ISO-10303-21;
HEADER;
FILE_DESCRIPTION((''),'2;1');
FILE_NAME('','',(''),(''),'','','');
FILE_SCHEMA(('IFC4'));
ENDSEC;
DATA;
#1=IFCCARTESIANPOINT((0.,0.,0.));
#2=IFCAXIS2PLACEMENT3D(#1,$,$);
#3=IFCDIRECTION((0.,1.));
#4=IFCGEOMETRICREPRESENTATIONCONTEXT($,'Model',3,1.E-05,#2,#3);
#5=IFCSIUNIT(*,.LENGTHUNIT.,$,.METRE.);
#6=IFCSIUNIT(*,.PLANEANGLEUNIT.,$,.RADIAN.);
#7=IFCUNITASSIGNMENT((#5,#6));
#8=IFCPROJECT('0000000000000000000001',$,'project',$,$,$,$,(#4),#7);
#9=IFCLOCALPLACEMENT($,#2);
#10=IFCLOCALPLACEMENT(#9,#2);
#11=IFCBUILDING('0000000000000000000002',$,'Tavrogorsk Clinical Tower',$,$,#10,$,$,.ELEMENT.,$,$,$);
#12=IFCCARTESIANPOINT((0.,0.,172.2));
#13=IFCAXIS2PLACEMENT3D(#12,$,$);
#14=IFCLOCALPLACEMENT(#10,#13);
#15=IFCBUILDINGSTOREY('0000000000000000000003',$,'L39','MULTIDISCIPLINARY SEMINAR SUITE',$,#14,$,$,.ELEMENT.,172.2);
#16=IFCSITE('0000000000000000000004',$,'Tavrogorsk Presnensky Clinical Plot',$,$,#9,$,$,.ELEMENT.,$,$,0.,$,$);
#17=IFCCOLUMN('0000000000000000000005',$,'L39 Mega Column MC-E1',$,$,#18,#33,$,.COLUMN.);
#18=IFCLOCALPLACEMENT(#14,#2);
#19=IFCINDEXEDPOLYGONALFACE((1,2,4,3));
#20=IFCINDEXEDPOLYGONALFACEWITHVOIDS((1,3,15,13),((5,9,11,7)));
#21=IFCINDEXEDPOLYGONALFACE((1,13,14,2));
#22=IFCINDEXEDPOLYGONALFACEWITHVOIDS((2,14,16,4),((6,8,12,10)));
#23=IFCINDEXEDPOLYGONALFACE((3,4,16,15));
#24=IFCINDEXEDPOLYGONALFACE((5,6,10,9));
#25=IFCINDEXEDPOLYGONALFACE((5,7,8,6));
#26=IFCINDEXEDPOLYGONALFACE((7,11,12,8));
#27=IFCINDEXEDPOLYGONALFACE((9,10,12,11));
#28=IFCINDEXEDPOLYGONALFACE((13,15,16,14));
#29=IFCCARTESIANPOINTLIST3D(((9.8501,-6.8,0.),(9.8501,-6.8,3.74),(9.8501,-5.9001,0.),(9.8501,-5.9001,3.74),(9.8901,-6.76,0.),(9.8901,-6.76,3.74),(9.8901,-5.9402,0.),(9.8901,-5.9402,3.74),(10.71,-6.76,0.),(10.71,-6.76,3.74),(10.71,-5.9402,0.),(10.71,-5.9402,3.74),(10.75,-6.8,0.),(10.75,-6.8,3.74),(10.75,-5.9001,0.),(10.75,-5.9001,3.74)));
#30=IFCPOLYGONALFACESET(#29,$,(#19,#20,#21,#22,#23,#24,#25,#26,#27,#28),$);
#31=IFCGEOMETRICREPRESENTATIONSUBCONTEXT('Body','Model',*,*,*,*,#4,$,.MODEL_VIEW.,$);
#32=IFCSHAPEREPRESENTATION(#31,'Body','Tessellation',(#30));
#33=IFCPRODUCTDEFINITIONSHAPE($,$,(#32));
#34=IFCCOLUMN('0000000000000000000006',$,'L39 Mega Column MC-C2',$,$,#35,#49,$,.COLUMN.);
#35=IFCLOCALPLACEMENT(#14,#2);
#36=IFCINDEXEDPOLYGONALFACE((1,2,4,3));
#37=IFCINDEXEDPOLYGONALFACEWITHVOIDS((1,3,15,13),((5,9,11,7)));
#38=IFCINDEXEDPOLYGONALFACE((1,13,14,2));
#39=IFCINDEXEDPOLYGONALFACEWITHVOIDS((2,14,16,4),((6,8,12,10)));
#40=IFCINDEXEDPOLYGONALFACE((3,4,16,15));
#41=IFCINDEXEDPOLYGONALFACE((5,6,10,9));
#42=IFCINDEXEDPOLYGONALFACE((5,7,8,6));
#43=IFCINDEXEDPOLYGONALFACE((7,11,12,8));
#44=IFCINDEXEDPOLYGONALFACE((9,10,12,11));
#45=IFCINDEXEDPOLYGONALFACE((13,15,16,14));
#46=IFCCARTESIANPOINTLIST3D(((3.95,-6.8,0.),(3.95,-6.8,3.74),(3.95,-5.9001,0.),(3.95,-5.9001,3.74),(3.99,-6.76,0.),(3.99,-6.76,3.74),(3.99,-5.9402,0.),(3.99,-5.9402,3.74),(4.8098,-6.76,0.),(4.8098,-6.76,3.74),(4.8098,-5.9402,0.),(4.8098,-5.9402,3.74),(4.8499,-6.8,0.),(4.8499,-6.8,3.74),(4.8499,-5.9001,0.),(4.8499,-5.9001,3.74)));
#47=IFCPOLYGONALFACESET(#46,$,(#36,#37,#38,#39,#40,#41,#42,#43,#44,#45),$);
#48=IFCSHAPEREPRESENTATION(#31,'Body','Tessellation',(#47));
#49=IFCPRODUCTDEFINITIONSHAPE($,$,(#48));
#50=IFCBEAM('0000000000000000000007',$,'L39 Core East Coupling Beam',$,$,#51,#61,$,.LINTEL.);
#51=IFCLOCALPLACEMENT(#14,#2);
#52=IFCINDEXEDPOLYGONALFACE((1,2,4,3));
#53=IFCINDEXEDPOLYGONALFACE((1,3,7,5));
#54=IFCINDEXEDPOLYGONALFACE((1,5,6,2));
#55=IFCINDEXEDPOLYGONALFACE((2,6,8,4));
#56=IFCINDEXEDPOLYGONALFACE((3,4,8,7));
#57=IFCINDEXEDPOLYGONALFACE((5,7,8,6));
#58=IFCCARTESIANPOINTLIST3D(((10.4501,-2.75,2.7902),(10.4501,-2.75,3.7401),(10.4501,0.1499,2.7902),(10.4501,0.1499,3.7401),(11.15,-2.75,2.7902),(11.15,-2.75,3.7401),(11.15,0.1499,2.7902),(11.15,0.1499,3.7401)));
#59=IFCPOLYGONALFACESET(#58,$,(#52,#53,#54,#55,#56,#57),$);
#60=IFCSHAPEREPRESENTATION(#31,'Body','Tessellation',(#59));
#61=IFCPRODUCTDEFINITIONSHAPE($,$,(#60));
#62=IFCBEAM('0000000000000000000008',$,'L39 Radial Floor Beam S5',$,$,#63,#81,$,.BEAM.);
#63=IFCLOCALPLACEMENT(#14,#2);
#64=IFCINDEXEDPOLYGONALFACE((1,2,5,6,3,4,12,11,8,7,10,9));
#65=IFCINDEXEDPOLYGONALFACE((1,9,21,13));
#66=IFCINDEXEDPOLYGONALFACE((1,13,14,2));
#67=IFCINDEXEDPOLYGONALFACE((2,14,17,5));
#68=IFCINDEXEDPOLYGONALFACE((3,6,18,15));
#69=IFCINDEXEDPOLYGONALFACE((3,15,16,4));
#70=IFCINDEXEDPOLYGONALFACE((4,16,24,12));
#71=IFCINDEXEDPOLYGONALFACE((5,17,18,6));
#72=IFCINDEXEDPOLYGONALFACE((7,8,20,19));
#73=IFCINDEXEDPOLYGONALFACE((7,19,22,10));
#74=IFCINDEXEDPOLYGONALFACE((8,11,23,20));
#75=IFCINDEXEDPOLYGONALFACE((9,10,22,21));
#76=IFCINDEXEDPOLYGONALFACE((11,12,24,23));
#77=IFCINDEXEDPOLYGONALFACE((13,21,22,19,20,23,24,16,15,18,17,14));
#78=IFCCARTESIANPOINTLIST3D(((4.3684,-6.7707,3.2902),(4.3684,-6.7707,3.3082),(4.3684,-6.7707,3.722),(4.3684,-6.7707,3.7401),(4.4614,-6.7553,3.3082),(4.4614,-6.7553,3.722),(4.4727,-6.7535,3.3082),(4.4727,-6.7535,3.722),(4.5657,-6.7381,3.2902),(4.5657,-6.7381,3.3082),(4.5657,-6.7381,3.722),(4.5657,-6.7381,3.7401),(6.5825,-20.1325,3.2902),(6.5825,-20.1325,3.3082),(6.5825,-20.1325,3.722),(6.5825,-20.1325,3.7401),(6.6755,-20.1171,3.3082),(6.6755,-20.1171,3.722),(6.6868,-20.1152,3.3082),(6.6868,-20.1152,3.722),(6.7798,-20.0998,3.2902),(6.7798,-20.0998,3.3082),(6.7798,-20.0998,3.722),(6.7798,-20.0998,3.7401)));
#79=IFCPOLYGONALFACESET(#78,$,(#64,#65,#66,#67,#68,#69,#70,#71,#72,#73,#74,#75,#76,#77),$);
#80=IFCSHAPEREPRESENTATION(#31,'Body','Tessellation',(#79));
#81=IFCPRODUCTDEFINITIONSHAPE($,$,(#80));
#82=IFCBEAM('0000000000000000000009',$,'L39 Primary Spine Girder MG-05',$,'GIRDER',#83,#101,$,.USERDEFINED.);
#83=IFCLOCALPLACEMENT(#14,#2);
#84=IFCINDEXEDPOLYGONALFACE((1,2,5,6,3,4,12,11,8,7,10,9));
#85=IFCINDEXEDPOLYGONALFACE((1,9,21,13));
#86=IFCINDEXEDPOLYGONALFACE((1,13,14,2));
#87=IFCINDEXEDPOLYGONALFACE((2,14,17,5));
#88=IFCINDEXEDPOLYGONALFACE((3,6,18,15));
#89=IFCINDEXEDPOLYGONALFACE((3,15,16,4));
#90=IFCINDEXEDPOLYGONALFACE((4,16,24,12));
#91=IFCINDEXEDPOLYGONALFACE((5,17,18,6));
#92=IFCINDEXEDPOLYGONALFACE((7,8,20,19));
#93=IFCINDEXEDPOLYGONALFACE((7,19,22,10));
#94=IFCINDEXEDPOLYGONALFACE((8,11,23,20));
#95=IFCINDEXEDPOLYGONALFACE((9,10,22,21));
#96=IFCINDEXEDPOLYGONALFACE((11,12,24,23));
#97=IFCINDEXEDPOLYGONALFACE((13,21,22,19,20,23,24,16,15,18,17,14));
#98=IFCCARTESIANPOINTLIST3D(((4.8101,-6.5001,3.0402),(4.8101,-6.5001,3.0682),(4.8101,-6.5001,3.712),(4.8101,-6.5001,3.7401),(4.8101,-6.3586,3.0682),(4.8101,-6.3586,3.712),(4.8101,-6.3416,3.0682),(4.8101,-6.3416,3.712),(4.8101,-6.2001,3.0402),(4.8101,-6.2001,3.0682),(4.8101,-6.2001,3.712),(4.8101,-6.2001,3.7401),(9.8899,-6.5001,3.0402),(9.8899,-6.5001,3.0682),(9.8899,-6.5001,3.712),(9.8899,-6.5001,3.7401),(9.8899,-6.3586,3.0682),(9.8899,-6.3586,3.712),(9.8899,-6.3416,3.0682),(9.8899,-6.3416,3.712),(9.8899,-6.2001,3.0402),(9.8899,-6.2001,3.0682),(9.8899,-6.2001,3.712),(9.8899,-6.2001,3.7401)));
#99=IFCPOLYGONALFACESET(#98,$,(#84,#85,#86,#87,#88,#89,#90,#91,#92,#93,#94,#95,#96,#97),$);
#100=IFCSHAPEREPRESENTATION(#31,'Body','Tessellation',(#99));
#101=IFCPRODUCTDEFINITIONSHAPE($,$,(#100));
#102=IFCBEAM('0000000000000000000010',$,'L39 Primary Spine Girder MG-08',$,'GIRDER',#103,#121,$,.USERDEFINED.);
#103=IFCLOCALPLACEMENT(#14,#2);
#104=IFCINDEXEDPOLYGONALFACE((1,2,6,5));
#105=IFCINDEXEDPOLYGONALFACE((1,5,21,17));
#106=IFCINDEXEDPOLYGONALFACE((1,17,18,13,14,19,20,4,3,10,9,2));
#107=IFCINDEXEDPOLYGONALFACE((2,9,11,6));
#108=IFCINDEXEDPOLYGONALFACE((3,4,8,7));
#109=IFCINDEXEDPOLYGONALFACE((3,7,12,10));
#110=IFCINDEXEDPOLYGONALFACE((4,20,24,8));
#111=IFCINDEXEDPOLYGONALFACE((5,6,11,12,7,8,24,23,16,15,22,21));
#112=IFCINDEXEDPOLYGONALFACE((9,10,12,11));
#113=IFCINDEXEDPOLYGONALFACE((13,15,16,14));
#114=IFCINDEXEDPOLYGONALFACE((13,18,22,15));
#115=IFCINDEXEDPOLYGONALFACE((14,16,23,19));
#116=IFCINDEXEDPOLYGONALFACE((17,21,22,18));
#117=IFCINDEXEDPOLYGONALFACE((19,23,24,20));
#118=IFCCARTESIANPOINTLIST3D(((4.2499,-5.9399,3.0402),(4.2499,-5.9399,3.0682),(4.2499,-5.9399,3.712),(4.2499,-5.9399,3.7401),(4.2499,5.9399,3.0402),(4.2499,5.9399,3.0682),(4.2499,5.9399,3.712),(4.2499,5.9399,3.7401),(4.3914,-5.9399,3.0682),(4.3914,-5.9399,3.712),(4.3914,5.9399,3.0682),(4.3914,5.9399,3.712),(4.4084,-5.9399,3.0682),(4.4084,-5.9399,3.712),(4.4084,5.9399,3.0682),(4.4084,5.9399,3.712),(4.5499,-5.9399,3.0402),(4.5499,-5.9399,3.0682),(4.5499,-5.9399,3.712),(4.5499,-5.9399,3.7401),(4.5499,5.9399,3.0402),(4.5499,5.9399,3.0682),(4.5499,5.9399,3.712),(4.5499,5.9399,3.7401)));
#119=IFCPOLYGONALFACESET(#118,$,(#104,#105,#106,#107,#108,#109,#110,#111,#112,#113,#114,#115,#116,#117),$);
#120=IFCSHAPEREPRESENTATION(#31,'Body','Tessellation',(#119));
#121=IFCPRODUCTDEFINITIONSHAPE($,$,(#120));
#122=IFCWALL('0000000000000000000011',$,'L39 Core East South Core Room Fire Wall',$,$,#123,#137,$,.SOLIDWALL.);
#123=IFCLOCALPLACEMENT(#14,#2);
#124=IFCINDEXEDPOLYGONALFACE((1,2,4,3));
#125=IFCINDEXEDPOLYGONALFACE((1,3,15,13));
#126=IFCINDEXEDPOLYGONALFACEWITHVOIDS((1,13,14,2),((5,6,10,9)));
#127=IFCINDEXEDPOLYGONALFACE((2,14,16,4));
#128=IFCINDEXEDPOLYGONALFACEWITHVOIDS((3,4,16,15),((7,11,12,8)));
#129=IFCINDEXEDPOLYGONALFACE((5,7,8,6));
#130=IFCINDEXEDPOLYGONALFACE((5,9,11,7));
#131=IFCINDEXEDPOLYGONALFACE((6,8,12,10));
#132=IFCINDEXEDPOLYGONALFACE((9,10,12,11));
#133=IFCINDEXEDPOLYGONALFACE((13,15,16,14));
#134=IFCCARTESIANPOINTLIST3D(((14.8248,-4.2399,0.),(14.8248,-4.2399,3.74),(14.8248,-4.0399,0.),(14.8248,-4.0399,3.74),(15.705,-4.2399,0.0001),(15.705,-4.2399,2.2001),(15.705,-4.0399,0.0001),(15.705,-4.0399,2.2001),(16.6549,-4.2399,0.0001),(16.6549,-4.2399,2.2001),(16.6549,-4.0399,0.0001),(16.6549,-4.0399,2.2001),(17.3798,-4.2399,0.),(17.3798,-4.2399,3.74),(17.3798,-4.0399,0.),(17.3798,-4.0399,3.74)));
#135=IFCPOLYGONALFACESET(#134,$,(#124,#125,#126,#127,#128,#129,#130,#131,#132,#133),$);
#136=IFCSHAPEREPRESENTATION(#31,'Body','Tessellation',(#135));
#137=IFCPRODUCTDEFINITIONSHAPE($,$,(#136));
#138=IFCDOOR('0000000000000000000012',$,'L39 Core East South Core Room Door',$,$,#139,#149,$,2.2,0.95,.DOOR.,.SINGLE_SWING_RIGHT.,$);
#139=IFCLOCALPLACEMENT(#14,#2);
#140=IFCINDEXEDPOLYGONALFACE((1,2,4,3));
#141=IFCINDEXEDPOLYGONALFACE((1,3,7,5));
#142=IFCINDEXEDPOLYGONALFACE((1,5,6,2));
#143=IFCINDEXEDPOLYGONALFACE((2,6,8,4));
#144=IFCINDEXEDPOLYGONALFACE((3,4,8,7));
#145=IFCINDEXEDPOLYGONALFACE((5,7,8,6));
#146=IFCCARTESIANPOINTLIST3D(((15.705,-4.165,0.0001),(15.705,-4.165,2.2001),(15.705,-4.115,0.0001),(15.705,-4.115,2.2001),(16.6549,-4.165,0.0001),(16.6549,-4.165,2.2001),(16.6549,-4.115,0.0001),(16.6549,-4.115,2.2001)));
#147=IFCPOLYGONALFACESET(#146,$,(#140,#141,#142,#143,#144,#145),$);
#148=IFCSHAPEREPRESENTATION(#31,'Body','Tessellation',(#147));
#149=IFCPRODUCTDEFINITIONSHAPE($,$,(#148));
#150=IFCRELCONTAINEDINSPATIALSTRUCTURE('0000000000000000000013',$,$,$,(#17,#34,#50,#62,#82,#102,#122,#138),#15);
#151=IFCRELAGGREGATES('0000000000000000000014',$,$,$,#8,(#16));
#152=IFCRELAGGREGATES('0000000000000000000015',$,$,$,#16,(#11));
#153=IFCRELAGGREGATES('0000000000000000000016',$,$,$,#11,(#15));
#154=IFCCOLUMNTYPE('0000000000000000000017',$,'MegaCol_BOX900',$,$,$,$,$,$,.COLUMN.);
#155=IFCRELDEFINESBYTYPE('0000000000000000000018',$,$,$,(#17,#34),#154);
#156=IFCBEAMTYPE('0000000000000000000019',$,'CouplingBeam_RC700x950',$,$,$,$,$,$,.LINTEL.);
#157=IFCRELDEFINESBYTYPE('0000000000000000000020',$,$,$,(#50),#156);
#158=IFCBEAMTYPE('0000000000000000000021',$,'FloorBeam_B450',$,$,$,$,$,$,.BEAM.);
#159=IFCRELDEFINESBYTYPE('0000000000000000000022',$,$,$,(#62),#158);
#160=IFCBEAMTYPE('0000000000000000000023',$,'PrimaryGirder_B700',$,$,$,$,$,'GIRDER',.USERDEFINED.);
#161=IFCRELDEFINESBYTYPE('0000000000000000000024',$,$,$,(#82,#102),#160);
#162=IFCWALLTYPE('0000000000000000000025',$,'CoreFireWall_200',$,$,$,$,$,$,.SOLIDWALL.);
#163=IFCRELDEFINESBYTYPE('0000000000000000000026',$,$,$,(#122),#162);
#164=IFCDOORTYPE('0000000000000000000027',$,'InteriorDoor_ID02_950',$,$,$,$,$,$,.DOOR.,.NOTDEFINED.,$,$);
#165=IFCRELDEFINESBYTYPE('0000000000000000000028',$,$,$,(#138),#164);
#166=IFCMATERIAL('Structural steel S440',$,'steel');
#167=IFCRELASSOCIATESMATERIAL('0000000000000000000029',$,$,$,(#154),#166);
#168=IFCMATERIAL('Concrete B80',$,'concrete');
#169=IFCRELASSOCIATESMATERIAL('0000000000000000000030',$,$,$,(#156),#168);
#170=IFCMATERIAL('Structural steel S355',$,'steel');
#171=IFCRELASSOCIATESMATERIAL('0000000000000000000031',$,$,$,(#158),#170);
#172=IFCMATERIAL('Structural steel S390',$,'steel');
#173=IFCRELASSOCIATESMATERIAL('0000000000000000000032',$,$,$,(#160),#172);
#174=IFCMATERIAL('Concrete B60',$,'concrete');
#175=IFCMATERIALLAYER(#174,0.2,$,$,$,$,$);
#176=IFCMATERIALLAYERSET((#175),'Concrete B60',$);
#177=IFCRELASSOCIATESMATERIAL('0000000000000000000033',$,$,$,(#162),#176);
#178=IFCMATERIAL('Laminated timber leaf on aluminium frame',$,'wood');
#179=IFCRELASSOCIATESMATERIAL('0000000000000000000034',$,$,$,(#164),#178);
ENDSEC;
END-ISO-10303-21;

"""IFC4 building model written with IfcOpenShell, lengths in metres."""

from ifc_helpers import new_model, si_unit, direction, frame, frame_2d, origin, origin_2d, place, context, subcontext, project, spatial, rectangle, hollow_rectangle, i_section, extrude, material, layer, layer_set, material_profile, profile_set, type_object, element, fill, save


model = new_model("IFC4")

# Units and contexts
model_context = context("Model", 3, precision=1e-05, world=origin(), true_north=direction((0.0, 1.0)))
body_context = subcontext(model_context, "Body", "Model", "MODEL_VIEW")
ifc_project = project(units=[si_unit("LENGTHUNIT", "METRE"), si_unit("PLANEANGLEUNIT", "RADIAN")], contexts=[model_context])

# Site, building, storey
site_placement = place(None, origin())
site = spatial("IfcSite", under=ifc_project, at=site_placement, Name="Tavrogorsk Presnensky Clinical Plot", CompositionType="ELEMENT", RefElevation=0.0)
building_placement = place(site_placement, origin())
building = spatial("IfcBuilding", under=site, at=building_placement, Name="Tavrogorsk Clinical Tower", CompositionType="ELEMENT")
storey_placement = place(building_placement, frame((0.0, 0.0, 172.2)))
storey = spatial("IfcBuildingStorey", under=building, at=storey_placement, Name="L39", Description="MULTIDISCIPLINARY SEMINAR SUITE", CompositionType="ELEMENT", Elevation=172.2)

# Columns
ifc_material_1 = material(Name="Structural steel S440", Category="steel")
ifc_material_profile_1 = material_profile(ifc_material_1, hollow_rectangle(XDim=0.8999, YDim=0.8999, WallThickness=0.04, at=origin_2d()), Name="BOX-900x900x40")
ifc_profile_set_1 = profile_set([ifc_material_profile_1], Name="Structural steel S440")
column_type = type_object("IfcColumnType", Name="MegaCol_BOX900", PredefinedType="COLUMN", material=ifc_profile_set_1)
for number, where, z_axis, x_axis, name in (
    (1, (10.3, -6.3501, 0.0), (0.0, 0.0, 1.0), (1.0, 0.0, 0.0), "L39 Mega Column MC-E1"),
    (2, (4.3999, -6.3501, 0.0), (0.0, 0.0, 1.0), (1.0, 0.0, 0.0), "L39 Mega Column MC-C2"),
):
    element("IfcColumn", number, at=place(storey_placement, frame(where, z_axis=z_axis, x_axis=x_axis)), inside=storey, type_object=column_type, Name=name, PredefinedType="COLUMN", context=body_context, shape_type="SweptSolid", body=[
        extrude(hollow_rectangle(XDim=0.8999, YDim=0.8999, WallThickness=0.04, at=origin_2d()), origin(), (0.0, 0.0, 1.0), 3.74),
    ])

# Beams
ifc_material_2 = material(Name="Concrete B80", Category="concrete")
ifc_material_profile_2 = material_profile(ifc_material_2, rectangle(XDim=0.7, YDim=0.95, at=origin_2d()), Name="RC-CB-700x950")
ifc_profile_set_2 = profile_set([ifc_material_profile_2], Name="Concrete B80")
beam_type_1 = type_object("IfcBeamType", Name="CouplingBeam_RC700x950", PredefinedType="LINTEL", material=ifc_profile_set_2)
beam_1_placement = place(storey_placement, frame((10.8, -2.75, 3.2651), z_axis=(0.0, 1.0, 0.0), x_axis=(-1.0, 0.0, 0.0)))
element("IfcBeam", 3, at=beam_1_placement, inside=storey, type_object=beam_type_1, Name="L39 Core East Coupling Beam", PredefinedType="LINTEL", context=body_context, shape_type="SweptSolid", body=[
    extrude(rectangle(XDim=0.7, YDim=0.95, at=origin_2d()), origin(), (0.0, 0.0, 1.0), 2.8999),
])
ifc_material_3 = material(Name="Structural steel S355", Category="steel")
ifc_material_profile_3 = material_profile(ifc_material_3, i_section(OverallWidth=0.2, OverallDepth=0.45, WebThickness=0.0115, FlangeThickness=0.0181, at=origin_2d()), Name="B-450x200x11.5x18")
ifc_profile_set_3 = profile_set([ifc_material_profile_3], Name="Structural steel S355")
beam_type_2 = type_object("IfcBeamType", Name="FloorBeam_B450", PredefinedType="BEAM", material=ifc_profile_set_3)
beam_2_placement = place(storey_placement, frame((4.467, -6.7544, 3.5151), z_axis=(0.163475, -0.986547, 0.0), x_axis=(0.986547, 0.163475, 0.0)))
element("IfcBeam", 4, at=beam_2_placement, inside=storey, type_object=beam_type_2, Name="L39 Radial Floor Beam S5", PredefinedType="BEAM", context=body_context, shape_type="SweptSolid", body=[
    extrude(i_section(OverallWidth=0.2, OverallDepth=0.45, WebThickness=0.0115, FlangeThickness=0.0181, at=origin_2d()), origin(), (0.0, 0.0, 1.0), 13.5439),
])
ifc_material_4 = material(Name="Structural steel S390", Category="steel")
ifc_material_profile_4 = material_profile(ifc_material_4, i_section(OverallWidth=0.3, OverallDepth=0.7, WebThickness=0.0171, FlangeThickness=0.0281, at=origin_2d()), Name="B-700x300x17x28")
ifc_profile_set_4 = profile_set([ifc_material_profile_4], Name="Structural steel S390")
beam_type_3 = type_object("IfcBeamType", Name="PrimaryGirder_B700", ElementType="GIRDER", PredefinedType="USERDEFINED", material=ifc_profile_set_4)
beam_3_placement = place(storey_placement, frame((4.8101, -6.3501, 3.3901), z_axis=(1.0, 0.0, 0.0), x_axis=(0.0, 1.0, 0.0)))
element("IfcBeam", 5, at=beam_3_placement, inside=storey, type_object=beam_type_3, Name="L39 Primary Spine Girder MG-05", ObjectType="GIRDER", PredefinedType="USERDEFINED", context=body_context, shape_type="SweptSolid", body=[
    extrude(i_section(OverallWidth=0.3, OverallDepth=0.7, WebThickness=0.0171, FlangeThickness=0.0281, at=origin_2d()), origin(), (0.0, 0.0, 1.0), 5.0798),
])
beam_4_placement = place(storey_placement, frame((4.3999, -5.9399, 3.3901), z_axis=(0.0, 1.0, 0.0), x_axis=(-1.0, 0.0, 0.0)))
element("IfcBeam", 6, at=beam_4_placement, inside=storey, type_object=beam_type_3, Name="L39 Primary Spine Girder MG-08", ObjectType="GIRDER", PredefinedType="USERDEFINED", context=body_context, shape_type="SweptSolid", body=[
    extrude(i_section(OverallWidth=0.3, OverallDepth=0.7, WebThickness=0.0171, FlangeThickness=0.0281, at=origin_2d()), origin(), (0.0, 0.0, 1.0), 11.8799),
])

# Wall, opening, door
ifc_material_5 = material(Name="Concrete B60", Category="concrete")
ifc_layer_1 = layer(ifc_material_5, 0.2)
ifc_layer_set_1 = layer_set([ifc_layer_1], Name="Concrete B60")
wall_type_1 = type_object("IfcWallType", Name="CoreFireWall_200", PredefinedType="SOLIDWALL", material=ifc_layer_set_1)
wall_1_placement = place(storey_placement, frame((14.825, -4.1399, 0.0), z_axis=(0.0, 0.0, 1.0), x_axis=(1.0, 0.0, 0.0)))
wall_1 = element("IfcWall", 7, at=wall_1_placement, inside=storey, type_object=wall_type_1, Name="L39 Core East South Core Room Fire Wall", PredefinedType="SOLIDWALL", context=body_context, shape_type="SweptSolid", body=[
    extrude(rectangle(XDim=2.5549, YDim=0.2, at=frame_2d((1.2773, 0.0))), origin(), (0.0, 0.0, 1.0), 3.74),
])
opening_1_placement = place(wall_1_placement, frame((0.8799, 0.0, 0.0)))
opening_1 = element("IfcOpeningElement", 8, at=opening_1_placement, cuts=wall_1, PredefinedType="OPENING", context=body_context, shape_type="SweptSolid", body=[
    extrude(rectangle(XDim=0.95, YDim=2.2, at=frame_2d((0.4751, 1.1001))), frame((0.0, 0.1099, 0.0), z_axis=(0.0, -1.0, 0.0), x_axis=(1.0, 0.0, 0.0)), (0.0, 0.0, 1.0), 0.22),
])
ifc_material_6 = material(Name="Laminated timber leaf on aluminium frame", Category="wood")
door_type_1 = type_object("IfcDoorType", Name="InteriorDoor_ID02_950", OperationType="NOTDEFINED", PredefinedType="DOOR", material=ifc_material_6)
door_1_placement = place(opening_1_placement, origin())
door_1 = element("IfcDoor", 9, at=door_1_placement, inside=storey, type_object=door_type_1, Name="L39 Core East South Core Room Door", OperationType="SINGLE_SWING_RIGHT", OverallHeight=2.2, OverallWidth=0.95, PredefinedType="DOOR", context=body_context, shape_type="SweptSolid", body=[
    extrude(rectangle(XDim=0.95, YDim=2.2, at=frame_2d((0.4751, 1.1001))), frame((0.0, 0.0249, 0.0), z_axis=(0.0, -1.0, 0.0), x_axis=(1.0, 0.0, 0.0)), (0.0, 0.0, 1.0), 0.05),
])
fill(opening_1, door_1)

save(model, "model.ifc")
